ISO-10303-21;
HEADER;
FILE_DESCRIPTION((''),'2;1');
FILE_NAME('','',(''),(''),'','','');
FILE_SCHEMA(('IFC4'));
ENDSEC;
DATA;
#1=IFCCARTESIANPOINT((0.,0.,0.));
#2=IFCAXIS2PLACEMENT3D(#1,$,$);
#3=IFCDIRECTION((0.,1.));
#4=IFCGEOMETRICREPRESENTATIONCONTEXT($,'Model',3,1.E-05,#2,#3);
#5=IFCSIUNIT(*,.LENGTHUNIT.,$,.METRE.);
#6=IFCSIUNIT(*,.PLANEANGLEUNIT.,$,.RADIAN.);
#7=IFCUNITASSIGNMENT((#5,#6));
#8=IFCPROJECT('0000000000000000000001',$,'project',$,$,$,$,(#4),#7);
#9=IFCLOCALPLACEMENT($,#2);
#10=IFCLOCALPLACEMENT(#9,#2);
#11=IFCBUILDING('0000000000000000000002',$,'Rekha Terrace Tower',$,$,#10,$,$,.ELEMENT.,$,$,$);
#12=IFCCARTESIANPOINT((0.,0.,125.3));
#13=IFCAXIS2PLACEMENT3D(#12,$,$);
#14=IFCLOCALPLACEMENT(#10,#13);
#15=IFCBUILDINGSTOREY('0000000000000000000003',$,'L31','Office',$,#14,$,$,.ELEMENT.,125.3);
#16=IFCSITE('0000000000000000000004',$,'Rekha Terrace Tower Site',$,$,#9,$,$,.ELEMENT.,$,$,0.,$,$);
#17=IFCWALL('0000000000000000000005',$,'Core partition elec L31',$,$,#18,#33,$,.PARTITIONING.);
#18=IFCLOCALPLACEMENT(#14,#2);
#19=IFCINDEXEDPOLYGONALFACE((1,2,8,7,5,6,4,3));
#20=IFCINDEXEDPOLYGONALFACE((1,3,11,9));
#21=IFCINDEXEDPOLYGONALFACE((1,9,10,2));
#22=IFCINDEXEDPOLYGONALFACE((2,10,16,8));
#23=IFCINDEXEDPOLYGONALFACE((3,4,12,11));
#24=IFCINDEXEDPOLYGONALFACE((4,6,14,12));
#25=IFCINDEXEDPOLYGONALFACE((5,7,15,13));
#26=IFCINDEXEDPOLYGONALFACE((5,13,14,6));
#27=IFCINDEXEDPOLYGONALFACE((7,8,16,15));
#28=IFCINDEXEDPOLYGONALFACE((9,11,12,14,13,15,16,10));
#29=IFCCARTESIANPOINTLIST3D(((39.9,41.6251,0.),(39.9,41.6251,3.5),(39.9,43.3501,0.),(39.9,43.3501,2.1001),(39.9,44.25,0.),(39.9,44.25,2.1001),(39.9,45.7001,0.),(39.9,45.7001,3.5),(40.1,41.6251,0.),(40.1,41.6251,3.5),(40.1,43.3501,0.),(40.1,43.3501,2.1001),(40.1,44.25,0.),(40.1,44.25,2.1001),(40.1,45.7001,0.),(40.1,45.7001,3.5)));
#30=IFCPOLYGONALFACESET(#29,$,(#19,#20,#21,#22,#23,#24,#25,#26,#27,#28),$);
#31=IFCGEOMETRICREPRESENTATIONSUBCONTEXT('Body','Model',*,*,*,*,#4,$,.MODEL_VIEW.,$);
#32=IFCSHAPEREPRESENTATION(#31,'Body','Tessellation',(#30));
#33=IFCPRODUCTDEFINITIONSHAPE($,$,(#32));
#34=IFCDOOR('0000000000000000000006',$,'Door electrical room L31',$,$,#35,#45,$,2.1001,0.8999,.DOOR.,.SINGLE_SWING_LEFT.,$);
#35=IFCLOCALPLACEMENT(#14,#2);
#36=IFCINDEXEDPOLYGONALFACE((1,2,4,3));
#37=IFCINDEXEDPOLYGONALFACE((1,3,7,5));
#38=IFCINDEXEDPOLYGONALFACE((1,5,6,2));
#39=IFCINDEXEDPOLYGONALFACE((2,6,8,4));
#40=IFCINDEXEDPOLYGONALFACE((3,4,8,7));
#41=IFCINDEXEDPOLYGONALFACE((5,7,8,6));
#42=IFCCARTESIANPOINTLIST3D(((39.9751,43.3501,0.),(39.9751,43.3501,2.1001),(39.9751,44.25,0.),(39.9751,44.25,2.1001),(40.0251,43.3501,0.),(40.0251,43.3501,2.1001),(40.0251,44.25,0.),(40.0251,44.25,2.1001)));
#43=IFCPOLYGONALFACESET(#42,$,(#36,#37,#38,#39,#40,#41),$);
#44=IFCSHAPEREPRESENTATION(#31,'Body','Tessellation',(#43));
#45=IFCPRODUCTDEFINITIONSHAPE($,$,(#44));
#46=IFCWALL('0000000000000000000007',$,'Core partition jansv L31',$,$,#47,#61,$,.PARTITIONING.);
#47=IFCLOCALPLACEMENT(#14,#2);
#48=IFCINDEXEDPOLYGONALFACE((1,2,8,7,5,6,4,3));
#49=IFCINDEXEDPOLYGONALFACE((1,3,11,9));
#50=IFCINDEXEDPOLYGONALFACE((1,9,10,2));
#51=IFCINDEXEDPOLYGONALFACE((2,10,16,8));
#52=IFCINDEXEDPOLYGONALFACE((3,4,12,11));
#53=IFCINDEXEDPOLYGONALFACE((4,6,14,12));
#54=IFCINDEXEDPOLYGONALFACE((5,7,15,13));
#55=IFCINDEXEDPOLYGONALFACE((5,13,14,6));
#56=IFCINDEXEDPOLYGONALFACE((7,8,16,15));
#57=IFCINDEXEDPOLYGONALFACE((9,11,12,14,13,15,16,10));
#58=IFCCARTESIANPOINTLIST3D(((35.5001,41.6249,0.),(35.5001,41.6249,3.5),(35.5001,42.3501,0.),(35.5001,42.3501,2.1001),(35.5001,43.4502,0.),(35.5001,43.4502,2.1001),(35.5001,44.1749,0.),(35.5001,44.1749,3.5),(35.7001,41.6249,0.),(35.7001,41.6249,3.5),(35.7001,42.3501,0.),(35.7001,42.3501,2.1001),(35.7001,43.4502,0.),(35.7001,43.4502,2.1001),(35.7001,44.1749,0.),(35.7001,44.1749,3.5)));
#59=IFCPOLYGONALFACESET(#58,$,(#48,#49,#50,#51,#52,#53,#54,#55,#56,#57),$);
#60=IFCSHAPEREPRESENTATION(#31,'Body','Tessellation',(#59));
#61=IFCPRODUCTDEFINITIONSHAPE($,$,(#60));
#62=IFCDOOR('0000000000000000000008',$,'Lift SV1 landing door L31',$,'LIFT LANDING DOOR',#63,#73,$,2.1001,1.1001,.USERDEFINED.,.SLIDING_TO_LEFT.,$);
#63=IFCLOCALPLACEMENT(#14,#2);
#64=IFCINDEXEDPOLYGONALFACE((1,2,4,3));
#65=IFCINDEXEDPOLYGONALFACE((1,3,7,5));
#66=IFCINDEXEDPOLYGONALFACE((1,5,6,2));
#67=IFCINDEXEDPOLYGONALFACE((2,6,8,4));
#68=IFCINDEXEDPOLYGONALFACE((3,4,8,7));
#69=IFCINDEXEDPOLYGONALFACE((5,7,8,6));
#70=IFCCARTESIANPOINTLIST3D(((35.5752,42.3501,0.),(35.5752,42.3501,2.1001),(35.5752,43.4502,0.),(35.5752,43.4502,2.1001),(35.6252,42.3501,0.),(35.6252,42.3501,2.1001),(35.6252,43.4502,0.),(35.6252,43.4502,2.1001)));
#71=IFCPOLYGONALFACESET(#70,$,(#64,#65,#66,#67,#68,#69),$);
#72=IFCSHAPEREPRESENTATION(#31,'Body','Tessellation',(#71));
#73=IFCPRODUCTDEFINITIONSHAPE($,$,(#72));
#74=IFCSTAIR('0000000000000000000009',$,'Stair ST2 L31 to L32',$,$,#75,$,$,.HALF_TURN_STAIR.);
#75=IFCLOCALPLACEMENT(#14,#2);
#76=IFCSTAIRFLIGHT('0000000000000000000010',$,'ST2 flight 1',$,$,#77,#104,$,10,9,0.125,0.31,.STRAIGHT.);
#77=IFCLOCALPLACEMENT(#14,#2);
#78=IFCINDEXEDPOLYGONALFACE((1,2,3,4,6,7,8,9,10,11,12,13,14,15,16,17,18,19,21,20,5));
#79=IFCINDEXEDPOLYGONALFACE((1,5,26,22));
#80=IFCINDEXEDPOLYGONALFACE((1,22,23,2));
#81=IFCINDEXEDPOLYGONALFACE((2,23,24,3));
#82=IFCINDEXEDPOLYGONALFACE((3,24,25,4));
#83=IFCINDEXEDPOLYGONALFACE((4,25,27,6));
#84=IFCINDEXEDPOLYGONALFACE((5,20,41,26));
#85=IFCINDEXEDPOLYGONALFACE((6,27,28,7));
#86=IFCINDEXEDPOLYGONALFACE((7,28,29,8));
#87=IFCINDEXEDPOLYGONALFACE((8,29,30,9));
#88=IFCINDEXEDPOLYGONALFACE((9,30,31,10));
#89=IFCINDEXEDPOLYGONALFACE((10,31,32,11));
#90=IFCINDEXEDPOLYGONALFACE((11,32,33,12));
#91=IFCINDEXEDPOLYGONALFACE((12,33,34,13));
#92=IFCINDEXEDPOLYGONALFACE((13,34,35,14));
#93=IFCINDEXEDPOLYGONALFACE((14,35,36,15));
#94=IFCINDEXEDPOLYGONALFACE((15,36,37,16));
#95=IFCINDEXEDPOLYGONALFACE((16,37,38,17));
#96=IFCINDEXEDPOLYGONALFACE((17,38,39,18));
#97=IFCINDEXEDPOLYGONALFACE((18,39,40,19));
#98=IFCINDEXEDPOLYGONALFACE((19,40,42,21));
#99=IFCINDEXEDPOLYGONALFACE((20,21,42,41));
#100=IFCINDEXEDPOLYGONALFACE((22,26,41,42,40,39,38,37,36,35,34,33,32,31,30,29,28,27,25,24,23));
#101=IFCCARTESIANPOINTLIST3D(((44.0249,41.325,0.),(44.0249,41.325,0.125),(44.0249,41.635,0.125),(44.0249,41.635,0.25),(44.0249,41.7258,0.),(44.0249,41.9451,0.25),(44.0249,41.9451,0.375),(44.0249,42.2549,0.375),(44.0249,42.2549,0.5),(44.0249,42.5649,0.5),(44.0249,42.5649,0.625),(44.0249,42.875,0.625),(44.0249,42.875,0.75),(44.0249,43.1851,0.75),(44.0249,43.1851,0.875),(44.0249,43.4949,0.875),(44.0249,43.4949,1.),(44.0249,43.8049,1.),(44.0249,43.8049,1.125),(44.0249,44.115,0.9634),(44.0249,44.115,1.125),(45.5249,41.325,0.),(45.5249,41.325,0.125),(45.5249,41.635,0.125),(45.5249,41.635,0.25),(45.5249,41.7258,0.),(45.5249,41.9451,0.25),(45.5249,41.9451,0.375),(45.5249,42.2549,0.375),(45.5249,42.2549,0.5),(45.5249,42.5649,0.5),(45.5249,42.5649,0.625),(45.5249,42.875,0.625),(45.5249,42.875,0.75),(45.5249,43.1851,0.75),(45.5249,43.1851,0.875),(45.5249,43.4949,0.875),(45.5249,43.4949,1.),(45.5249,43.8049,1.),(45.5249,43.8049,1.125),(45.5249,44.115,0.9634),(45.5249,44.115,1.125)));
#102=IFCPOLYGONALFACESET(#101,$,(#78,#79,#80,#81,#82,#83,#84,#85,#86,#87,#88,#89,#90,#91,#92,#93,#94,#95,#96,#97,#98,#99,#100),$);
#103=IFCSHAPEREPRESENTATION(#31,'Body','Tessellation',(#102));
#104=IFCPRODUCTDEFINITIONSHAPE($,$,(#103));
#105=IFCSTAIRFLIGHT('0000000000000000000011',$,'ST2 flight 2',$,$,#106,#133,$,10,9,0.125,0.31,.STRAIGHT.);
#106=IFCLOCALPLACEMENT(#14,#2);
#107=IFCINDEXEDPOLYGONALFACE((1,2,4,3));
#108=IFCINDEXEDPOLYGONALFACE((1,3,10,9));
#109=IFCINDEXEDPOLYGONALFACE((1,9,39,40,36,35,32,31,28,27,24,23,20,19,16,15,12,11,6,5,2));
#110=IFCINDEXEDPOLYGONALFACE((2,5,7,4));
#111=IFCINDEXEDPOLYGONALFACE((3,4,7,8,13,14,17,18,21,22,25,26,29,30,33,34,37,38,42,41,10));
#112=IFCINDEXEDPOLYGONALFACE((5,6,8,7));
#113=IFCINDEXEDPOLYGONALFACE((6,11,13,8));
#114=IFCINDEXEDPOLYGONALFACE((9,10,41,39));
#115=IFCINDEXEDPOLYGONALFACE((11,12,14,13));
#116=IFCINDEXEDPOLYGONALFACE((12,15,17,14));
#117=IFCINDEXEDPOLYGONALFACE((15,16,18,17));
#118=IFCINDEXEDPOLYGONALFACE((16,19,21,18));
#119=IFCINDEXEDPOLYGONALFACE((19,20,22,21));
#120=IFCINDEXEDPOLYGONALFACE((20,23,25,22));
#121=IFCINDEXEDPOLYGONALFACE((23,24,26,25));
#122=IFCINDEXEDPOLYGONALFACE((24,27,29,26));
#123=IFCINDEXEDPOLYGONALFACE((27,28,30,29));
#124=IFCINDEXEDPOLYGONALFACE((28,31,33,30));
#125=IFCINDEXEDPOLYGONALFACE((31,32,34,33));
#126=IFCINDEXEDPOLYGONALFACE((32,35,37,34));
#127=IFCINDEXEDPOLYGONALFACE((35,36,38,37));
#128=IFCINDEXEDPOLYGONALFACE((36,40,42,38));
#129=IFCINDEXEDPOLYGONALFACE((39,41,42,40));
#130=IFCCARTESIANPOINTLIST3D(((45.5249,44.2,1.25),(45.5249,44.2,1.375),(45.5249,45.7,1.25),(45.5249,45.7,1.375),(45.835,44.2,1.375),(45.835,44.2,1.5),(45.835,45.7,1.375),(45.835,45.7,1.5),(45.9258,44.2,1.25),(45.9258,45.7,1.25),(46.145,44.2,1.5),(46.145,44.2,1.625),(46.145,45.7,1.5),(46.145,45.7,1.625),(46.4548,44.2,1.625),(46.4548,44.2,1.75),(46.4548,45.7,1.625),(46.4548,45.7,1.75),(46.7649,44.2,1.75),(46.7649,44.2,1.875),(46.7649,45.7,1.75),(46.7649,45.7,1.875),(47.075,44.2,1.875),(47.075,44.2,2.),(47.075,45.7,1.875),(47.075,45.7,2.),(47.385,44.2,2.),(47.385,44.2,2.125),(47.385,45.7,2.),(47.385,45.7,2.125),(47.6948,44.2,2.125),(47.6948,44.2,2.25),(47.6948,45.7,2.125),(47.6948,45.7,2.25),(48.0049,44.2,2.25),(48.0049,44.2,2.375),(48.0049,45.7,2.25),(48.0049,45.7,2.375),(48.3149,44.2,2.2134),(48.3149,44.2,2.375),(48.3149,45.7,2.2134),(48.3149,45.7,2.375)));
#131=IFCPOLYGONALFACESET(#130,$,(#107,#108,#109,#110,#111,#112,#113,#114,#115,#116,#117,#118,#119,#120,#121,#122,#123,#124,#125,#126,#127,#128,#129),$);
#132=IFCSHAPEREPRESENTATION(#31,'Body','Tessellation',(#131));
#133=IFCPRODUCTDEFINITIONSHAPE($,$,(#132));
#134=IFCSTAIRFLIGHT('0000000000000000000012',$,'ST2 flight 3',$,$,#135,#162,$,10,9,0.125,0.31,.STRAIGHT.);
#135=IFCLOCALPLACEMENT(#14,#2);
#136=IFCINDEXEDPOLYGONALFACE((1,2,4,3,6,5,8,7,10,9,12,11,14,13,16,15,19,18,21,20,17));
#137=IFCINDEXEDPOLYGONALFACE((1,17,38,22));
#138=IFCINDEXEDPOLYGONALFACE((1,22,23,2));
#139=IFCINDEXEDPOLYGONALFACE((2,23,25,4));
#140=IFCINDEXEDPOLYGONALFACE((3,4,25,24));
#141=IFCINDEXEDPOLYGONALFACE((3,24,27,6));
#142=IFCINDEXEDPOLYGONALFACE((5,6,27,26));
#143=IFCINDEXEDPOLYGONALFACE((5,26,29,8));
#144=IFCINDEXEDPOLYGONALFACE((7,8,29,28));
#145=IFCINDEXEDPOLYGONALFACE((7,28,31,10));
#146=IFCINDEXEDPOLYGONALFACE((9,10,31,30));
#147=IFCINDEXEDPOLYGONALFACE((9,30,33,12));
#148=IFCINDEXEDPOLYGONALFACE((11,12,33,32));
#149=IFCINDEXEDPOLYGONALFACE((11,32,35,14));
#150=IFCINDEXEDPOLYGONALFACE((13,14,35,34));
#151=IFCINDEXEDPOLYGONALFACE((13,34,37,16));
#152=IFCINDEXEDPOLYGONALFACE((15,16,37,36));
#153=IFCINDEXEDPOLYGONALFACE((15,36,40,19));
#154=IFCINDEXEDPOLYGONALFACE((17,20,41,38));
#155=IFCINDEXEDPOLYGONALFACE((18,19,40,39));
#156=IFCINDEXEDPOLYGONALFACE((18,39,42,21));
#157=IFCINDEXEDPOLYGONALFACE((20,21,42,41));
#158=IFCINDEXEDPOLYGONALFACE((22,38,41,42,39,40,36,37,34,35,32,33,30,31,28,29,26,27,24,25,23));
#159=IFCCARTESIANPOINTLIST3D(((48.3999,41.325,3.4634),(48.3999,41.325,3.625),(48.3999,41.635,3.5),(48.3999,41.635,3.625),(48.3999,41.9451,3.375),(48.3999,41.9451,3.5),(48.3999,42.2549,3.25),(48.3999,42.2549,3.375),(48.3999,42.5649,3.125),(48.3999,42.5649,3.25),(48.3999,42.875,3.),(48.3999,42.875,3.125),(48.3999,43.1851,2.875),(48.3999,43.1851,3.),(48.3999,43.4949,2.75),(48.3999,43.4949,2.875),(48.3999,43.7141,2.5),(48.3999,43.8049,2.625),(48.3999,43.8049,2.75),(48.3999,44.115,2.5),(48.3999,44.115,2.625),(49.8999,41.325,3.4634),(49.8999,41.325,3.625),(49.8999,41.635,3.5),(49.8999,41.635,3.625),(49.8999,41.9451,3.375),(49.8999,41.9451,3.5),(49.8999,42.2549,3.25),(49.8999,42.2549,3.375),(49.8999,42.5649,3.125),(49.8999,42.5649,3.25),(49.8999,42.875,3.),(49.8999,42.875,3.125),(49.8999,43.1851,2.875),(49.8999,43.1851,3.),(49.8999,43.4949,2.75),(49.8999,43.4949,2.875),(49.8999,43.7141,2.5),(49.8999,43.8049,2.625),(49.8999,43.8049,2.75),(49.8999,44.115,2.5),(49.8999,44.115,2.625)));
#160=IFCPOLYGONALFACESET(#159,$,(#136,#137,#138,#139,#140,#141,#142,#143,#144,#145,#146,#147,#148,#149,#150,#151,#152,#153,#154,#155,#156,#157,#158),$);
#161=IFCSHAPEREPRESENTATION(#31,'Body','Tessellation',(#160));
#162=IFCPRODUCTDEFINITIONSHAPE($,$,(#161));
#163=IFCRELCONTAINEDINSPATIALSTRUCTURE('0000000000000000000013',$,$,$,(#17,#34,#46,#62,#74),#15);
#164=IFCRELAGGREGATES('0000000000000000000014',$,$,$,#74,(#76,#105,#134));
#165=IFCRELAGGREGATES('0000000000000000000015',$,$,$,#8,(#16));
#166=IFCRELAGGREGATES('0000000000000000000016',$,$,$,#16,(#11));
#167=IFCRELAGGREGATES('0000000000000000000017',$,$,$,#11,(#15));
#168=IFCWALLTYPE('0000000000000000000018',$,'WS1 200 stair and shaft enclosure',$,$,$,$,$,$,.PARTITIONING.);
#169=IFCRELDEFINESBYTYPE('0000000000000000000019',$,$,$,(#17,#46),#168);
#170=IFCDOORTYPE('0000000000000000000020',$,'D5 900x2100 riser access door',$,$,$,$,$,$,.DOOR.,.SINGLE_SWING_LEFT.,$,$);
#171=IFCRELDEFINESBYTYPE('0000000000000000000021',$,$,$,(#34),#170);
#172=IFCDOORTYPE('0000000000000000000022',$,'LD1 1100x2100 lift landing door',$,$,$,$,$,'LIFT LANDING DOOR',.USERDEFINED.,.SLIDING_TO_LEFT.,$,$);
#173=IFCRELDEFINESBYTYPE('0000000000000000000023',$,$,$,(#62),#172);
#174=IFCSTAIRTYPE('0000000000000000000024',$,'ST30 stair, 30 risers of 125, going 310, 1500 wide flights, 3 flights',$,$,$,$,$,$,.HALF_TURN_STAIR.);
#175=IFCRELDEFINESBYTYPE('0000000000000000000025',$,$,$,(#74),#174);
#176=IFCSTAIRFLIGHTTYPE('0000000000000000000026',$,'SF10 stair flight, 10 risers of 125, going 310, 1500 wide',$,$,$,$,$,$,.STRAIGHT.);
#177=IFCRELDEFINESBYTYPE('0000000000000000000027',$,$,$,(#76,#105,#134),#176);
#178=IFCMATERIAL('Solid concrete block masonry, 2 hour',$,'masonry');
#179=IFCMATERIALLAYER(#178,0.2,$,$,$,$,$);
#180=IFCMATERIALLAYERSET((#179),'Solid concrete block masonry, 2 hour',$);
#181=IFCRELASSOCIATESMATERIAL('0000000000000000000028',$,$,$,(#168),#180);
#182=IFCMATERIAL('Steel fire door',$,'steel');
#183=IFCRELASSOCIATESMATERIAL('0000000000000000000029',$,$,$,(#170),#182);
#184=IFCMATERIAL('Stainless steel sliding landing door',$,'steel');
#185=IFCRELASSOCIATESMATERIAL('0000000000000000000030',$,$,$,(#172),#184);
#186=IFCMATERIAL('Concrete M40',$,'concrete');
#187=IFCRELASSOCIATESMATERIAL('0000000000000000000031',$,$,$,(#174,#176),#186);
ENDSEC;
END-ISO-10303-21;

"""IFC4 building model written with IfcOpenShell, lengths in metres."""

from ifc_helpers import new_model, si_unit, direction, frame, frame_2d, origin, place, context, subcontext, project, spatial, polyline, rectangle, outline, extrude, material, layer, layer_set, type_object, element, fill, aggregate, save


model = new_model("IFC4")

# Units and contexts
model_context = context("Model", 3, precision=1e-05, world=origin(), true_north=direction((0.0, 1.0)))
body_context = subcontext(model_context, "Body", "Model", "MODEL_VIEW")
ifc_project = project(units=[si_unit("LENGTHUNIT", "METRE"), si_unit("PLANEANGLEUNIT", "RADIAN")], contexts=[model_context])

# Site, building, storey
site_placement = place(None, origin())
site = spatial("IfcSite", under=ifc_project, at=site_placement, Name="Rekha Terrace Tower Site", CompositionType="ELEMENT", RefElevation=0.0)
building_placement = place(site_placement, origin())
building = spatial("IfcBuilding", under=site, at=building_placement, Name="Rekha Terrace Tower", CompositionType="ELEMENT")
storey_placement = place(building_placement, frame((0.0, 0.0, 125.3)))
storey = spatial("IfcBuildingStorey", under=building, at=storey_placement, Name="L31", Description="Office", CompositionType="ELEMENT", Elevation=125.3)

# Shared definitions
ifc_material_1 = material(Name="Stainless steel sliding landing door", Category="steel")
ifc_material_2 = material(Name="Steel fire door", Category="steel")

# Shared definitions
ifc_material_3 = material(Name="Solid concrete block masonry, 2 hour", Category="masonry")
ifc_layer_1 = layer(ifc_material_3, 0.2)
ifc_layer_set_1 = layer_set([ifc_layer_1], Name="Solid concrete block masonry, 2 hour")
wall_type_1 = type_object("IfcWallType", Name="WS1 200 stair and shaft enclosure", PredefinedType="PARTITIONING", material=ifc_layer_set_1)

# Walls, openings, doors
wall_1_placement = place(storey_placement, frame((40.0, 41.625, 0.0), z_axis=(0.0, 0.0, 1.0), x_axis=(0.0, 1.0, 0.0)))
wall_1 = element("IfcWall", 1, at=wall_1_placement, inside=storey, type_object=wall_type_1, Name="Core partition elec L31", PredefinedType="PARTITIONING", context=body_context, shape_type="SweptSolid", body=[
    extrude(rectangle(XDim=4.075, YDim=0.2, at=frame_2d((2.0376, 0.0))), origin(), (0.0, 0.0, 1.0), 3.5),
])
opening_1_placement = place(wall_1_placement, frame((1.7251, 0.0, 0.0)))
opening_1 = element("IfcOpeningElement", 2, at=opening_1_placement, cuts=wall_1, PredefinedType="OPENING", context=body_context, shape_type="SweptSolid", body=[
    extrude(rectangle(XDim=0.8999, YDim=2.1001, at=frame_2d((0.45, 1.05))), frame((0.0, 0.1099, 0.0), z_axis=(0.0, -1.0, 0.0), x_axis=(1.0, 0.0, 0.0)), (0.0, 0.0, 1.0), 0.22),
])
door_type_1 = type_object("IfcDoorType", Name="D5 900x2100 riser access door", OperationType="SINGLE_SWING_LEFT", PredefinedType="DOOR", material=ifc_material_2)
door_1_placement = place(opening_1_placement, origin())
door_1 = element("IfcDoor", 3, at=door_1_placement, inside=storey, type_object=door_type_1, Name="Door electrical room L31", OperationType="SINGLE_SWING_LEFT", OverallHeight=2.1001, OverallWidth=0.8999, PredefinedType="DOOR", context=body_context, shape_type="SweptSolid", body=[
    extrude(rectangle(XDim=0.8999, YDim=2.1001, at=frame_2d((0.45, 1.05))), frame((0.0, 0.0249, 0.0), z_axis=(0.0, -1.0, 0.0), x_axis=(1.0, 0.0, 0.0)), (0.0, 0.0, 1.0), 0.05),
])
fill(opening_1, door_1)
wall_2_placement = place(storey_placement, frame((35.6001, 41.625, 0.0), z_axis=(0.0, 0.0, 1.0), x_axis=(0.0, 1.0, 0.0)))
wall_2 = element("IfcWall", 4, at=wall_2_placement, inside=storey, type_object=wall_type_1, Name="Core partition jansv L31", PredefinedType="PARTITIONING", context=body_context, shape_type="SweptSolid", body=[
    extrude(rectangle(XDim=2.55, YDim=0.2, at=frame_2d((1.2749, 0.0))), origin(), (0.0, 0.0, 1.0), 3.5),
])
opening_2_placement = place(wall_2_placement, frame((0.7251, 0.0, 0.0)))
opening_2 = element("IfcOpeningElement", 5, at=opening_2_placement, cuts=wall_2, PredefinedType="OPENING", context=body_context, shape_type="SweptSolid", body=[
    extrude(rectangle(XDim=1.1001, YDim=2.1001, at=frame_2d((0.55, 1.05))), frame((0.0, 0.1099, 0.0), z_axis=(0.0, -1.0, 0.0), x_axis=(1.0, 0.0, 0.0)), (0.0, 0.0, 1.0), 0.22),
])
door_type_2 = type_object("IfcDoorType", Name="LD1 1100x2100 lift landing door", ElementType="LIFT LANDING DOOR", OperationType="SLIDING_TO_LEFT", PredefinedType="USERDEFINED", material=ifc_material_1)
door_2_placement = place(opening_2_placement, origin())
door_2 = element("IfcDoor", 6, at=door_2_placement, inside=storey, type_object=door_type_2, Name="Lift SV1 landing door L31", ObjectType="LIFT LANDING DOOR", OperationType="SLIDING_TO_LEFT", OverallHeight=2.1001, OverallWidth=1.1001, PredefinedType="USERDEFINED", context=body_context, shape_type="SweptSolid", body=[
    extrude(rectangle(XDim=1.1001, YDim=2.1001, at=frame_2d((0.55, 1.05))), frame((0.0, 0.0249, 0.0), z_axis=(0.0, -1.0, 0.0), x_axis=(1.0, 0.0, 0.0)), (0.0, 0.0, 1.0), 0.05),
])
fill(opening_2, door_2)

# Stair, stair flights
ifc_material_4 = material(Name="Concrete M40", Category="concrete")
stair_type = type_object("IfcStairType", Name="ST30 stair, 30 risers of 125, going 310, 1500 wide flights, 3 flights", PredefinedType="HALF_TURN_STAIR", material=ifc_material_4)
stair_1_placement = place(storey_placement, origin())
stair_1 = element("IfcStair", 7, at=stair_1_placement, inside=storey, type_object=stair_type, Name="Stair ST2 L31 to L32", PredefinedType="HALF_TURN_STAIR")
stair_flight_type = type_object("IfcStairFlightType", Name="SF10 stair flight, 10 risers of 125, going 310, 1500 wide", PredefinedType="STRAIGHT", material=ifc_material_4)
stair_flight_1_placement = place(storey_placement, frame((44.7749, 41.325, 0.0), z_axis=(0.0, 0.0, 1.0), x_axis=(0.0, 1.0, 0.0)))
stair_flight_1 = element("IfcStairFlight", 8, at=stair_flight_1_placement, type_object=stair_flight_type, Name="ST2 flight 1", NumberOfRisers=10, NumberOfTreads=9, PredefinedType="STRAIGHT", RiserHeight=0.125, TreadLength=0.31, context=body_context, shape_type="SweptSolid", body=[
    extrude(outline(polyline([(0.0, 0.0), (0.0, 0.125), (0.3101, 0.125), (0.3101, 0.25), (0.6201, 0.25), (0.6201, 0.375), (0.9299, 0.375), (0.9299, 0.5), (1.24, 0.5), (1.24, 0.625), (1.55, 0.625), (1.55, 0.75), (1.8601, 0.75), (1.8601, 0.875), (2.1699, 0.875), (2.1699, 1.0), (2.48, 1.0), (2.48, 1.125), (2.79, 1.125), (2.79, 1.25), (2.79, 0.9634), (0.4009, 0.0), (0.0, 0.0)])), frame((0.0, 0.75, 0.0), z_axis=(0.0, -1.0, 0.0), x_axis=(1.0, 0.0, 0.0)), (0.0, 0.0, 1.0), 1.5),
])
stair_flight_2_placement = place(storey_placement, frame((45.5249, 44.95, 1.25), z_axis=(0.0, 0.0, 1.0), x_axis=(1.0, 0.0, 0.0)))
stair_flight_2 = element("IfcStairFlight", 9, at=stair_flight_2_placement, type_object=stair_flight_type, Name="ST2 flight 2", NumberOfRisers=10, NumberOfTreads=9, PredefinedType="STRAIGHT", RiserHeight=0.125, TreadLength=0.31, context=body_context, shape_type="SweptSolid", body=[
    extrude(outline(polyline([(0.0, 0.0), (0.0, 0.125), (0.3101, 0.125), (0.3101, 0.25), (0.6201, 0.25), (0.6201, 0.375), (0.9299, 0.375), (0.9299, 0.5), (1.24, 0.5), (1.24, 0.625), (1.55, 0.625), (1.55, 0.75), (1.8601, 0.75), (1.8601, 0.875), (2.1699, 0.875), (2.1699, 1.0), (2.48, 1.0), (2.48, 1.125), (2.79, 1.125), (2.79, 1.25), (2.79, 0.9634), (0.4009, 0.0), (0.0, 0.0)])), frame((0.0, 0.75, 0.0), z_axis=(0.0, -1.0, 0.0), x_axis=(1.0, 0.0, 0.0)), (0.0, 0.0, 1.0), 1.5),
])
stair_flight_3_placement = place(storey_placement, frame((49.1499, 44.115, 2.5), z_axis=(0.0, 0.0, 1.0), x_axis=(0.0, -1.0, 0.0)))
stair_flight_3 = element("IfcStairFlight", 10, at=stair_flight_3_placement, type_object=stair_flight_type, Name="ST2 flight 3", NumberOfRisers=10, NumberOfTreads=9, PredefinedType="STRAIGHT", RiserHeight=0.125, TreadLength=0.31, context=body_context, shape_type="SweptSolid", body=[
    extrude(outline(polyline([(0.0, 0.0), (0.0, 0.125), (0.3101, 0.125), (0.3101, 0.25), (0.6201, 0.25), (0.6201, 0.375), (0.9299, 0.375), (0.9299, 0.5), (1.24, 0.5), (1.24, 0.625), (1.55, 0.625), (1.55, 0.75), (1.8601, 0.75), (1.8601, 0.875), (2.1699, 0.875), (2.1699, 1.0), (2.48, 1.0), (2.48, 1.125), (2.79, 1.125), (2.79, 1.25), (2.79, 0.9634), (0.4009, 0.0), (0.0, 0.0)])), frame((0.0, 0.75, 0.0), z_axis=(0.0, -1.0, 0.0), x_axis=(1.0, 0.0, 0.0)), (0.0, 0.0, 1.0), 1.5),
])
aggregate(stair_1, [stair_flight_1, stair_flight_2, stair_flight_3])

save(model, "model.ifc")
